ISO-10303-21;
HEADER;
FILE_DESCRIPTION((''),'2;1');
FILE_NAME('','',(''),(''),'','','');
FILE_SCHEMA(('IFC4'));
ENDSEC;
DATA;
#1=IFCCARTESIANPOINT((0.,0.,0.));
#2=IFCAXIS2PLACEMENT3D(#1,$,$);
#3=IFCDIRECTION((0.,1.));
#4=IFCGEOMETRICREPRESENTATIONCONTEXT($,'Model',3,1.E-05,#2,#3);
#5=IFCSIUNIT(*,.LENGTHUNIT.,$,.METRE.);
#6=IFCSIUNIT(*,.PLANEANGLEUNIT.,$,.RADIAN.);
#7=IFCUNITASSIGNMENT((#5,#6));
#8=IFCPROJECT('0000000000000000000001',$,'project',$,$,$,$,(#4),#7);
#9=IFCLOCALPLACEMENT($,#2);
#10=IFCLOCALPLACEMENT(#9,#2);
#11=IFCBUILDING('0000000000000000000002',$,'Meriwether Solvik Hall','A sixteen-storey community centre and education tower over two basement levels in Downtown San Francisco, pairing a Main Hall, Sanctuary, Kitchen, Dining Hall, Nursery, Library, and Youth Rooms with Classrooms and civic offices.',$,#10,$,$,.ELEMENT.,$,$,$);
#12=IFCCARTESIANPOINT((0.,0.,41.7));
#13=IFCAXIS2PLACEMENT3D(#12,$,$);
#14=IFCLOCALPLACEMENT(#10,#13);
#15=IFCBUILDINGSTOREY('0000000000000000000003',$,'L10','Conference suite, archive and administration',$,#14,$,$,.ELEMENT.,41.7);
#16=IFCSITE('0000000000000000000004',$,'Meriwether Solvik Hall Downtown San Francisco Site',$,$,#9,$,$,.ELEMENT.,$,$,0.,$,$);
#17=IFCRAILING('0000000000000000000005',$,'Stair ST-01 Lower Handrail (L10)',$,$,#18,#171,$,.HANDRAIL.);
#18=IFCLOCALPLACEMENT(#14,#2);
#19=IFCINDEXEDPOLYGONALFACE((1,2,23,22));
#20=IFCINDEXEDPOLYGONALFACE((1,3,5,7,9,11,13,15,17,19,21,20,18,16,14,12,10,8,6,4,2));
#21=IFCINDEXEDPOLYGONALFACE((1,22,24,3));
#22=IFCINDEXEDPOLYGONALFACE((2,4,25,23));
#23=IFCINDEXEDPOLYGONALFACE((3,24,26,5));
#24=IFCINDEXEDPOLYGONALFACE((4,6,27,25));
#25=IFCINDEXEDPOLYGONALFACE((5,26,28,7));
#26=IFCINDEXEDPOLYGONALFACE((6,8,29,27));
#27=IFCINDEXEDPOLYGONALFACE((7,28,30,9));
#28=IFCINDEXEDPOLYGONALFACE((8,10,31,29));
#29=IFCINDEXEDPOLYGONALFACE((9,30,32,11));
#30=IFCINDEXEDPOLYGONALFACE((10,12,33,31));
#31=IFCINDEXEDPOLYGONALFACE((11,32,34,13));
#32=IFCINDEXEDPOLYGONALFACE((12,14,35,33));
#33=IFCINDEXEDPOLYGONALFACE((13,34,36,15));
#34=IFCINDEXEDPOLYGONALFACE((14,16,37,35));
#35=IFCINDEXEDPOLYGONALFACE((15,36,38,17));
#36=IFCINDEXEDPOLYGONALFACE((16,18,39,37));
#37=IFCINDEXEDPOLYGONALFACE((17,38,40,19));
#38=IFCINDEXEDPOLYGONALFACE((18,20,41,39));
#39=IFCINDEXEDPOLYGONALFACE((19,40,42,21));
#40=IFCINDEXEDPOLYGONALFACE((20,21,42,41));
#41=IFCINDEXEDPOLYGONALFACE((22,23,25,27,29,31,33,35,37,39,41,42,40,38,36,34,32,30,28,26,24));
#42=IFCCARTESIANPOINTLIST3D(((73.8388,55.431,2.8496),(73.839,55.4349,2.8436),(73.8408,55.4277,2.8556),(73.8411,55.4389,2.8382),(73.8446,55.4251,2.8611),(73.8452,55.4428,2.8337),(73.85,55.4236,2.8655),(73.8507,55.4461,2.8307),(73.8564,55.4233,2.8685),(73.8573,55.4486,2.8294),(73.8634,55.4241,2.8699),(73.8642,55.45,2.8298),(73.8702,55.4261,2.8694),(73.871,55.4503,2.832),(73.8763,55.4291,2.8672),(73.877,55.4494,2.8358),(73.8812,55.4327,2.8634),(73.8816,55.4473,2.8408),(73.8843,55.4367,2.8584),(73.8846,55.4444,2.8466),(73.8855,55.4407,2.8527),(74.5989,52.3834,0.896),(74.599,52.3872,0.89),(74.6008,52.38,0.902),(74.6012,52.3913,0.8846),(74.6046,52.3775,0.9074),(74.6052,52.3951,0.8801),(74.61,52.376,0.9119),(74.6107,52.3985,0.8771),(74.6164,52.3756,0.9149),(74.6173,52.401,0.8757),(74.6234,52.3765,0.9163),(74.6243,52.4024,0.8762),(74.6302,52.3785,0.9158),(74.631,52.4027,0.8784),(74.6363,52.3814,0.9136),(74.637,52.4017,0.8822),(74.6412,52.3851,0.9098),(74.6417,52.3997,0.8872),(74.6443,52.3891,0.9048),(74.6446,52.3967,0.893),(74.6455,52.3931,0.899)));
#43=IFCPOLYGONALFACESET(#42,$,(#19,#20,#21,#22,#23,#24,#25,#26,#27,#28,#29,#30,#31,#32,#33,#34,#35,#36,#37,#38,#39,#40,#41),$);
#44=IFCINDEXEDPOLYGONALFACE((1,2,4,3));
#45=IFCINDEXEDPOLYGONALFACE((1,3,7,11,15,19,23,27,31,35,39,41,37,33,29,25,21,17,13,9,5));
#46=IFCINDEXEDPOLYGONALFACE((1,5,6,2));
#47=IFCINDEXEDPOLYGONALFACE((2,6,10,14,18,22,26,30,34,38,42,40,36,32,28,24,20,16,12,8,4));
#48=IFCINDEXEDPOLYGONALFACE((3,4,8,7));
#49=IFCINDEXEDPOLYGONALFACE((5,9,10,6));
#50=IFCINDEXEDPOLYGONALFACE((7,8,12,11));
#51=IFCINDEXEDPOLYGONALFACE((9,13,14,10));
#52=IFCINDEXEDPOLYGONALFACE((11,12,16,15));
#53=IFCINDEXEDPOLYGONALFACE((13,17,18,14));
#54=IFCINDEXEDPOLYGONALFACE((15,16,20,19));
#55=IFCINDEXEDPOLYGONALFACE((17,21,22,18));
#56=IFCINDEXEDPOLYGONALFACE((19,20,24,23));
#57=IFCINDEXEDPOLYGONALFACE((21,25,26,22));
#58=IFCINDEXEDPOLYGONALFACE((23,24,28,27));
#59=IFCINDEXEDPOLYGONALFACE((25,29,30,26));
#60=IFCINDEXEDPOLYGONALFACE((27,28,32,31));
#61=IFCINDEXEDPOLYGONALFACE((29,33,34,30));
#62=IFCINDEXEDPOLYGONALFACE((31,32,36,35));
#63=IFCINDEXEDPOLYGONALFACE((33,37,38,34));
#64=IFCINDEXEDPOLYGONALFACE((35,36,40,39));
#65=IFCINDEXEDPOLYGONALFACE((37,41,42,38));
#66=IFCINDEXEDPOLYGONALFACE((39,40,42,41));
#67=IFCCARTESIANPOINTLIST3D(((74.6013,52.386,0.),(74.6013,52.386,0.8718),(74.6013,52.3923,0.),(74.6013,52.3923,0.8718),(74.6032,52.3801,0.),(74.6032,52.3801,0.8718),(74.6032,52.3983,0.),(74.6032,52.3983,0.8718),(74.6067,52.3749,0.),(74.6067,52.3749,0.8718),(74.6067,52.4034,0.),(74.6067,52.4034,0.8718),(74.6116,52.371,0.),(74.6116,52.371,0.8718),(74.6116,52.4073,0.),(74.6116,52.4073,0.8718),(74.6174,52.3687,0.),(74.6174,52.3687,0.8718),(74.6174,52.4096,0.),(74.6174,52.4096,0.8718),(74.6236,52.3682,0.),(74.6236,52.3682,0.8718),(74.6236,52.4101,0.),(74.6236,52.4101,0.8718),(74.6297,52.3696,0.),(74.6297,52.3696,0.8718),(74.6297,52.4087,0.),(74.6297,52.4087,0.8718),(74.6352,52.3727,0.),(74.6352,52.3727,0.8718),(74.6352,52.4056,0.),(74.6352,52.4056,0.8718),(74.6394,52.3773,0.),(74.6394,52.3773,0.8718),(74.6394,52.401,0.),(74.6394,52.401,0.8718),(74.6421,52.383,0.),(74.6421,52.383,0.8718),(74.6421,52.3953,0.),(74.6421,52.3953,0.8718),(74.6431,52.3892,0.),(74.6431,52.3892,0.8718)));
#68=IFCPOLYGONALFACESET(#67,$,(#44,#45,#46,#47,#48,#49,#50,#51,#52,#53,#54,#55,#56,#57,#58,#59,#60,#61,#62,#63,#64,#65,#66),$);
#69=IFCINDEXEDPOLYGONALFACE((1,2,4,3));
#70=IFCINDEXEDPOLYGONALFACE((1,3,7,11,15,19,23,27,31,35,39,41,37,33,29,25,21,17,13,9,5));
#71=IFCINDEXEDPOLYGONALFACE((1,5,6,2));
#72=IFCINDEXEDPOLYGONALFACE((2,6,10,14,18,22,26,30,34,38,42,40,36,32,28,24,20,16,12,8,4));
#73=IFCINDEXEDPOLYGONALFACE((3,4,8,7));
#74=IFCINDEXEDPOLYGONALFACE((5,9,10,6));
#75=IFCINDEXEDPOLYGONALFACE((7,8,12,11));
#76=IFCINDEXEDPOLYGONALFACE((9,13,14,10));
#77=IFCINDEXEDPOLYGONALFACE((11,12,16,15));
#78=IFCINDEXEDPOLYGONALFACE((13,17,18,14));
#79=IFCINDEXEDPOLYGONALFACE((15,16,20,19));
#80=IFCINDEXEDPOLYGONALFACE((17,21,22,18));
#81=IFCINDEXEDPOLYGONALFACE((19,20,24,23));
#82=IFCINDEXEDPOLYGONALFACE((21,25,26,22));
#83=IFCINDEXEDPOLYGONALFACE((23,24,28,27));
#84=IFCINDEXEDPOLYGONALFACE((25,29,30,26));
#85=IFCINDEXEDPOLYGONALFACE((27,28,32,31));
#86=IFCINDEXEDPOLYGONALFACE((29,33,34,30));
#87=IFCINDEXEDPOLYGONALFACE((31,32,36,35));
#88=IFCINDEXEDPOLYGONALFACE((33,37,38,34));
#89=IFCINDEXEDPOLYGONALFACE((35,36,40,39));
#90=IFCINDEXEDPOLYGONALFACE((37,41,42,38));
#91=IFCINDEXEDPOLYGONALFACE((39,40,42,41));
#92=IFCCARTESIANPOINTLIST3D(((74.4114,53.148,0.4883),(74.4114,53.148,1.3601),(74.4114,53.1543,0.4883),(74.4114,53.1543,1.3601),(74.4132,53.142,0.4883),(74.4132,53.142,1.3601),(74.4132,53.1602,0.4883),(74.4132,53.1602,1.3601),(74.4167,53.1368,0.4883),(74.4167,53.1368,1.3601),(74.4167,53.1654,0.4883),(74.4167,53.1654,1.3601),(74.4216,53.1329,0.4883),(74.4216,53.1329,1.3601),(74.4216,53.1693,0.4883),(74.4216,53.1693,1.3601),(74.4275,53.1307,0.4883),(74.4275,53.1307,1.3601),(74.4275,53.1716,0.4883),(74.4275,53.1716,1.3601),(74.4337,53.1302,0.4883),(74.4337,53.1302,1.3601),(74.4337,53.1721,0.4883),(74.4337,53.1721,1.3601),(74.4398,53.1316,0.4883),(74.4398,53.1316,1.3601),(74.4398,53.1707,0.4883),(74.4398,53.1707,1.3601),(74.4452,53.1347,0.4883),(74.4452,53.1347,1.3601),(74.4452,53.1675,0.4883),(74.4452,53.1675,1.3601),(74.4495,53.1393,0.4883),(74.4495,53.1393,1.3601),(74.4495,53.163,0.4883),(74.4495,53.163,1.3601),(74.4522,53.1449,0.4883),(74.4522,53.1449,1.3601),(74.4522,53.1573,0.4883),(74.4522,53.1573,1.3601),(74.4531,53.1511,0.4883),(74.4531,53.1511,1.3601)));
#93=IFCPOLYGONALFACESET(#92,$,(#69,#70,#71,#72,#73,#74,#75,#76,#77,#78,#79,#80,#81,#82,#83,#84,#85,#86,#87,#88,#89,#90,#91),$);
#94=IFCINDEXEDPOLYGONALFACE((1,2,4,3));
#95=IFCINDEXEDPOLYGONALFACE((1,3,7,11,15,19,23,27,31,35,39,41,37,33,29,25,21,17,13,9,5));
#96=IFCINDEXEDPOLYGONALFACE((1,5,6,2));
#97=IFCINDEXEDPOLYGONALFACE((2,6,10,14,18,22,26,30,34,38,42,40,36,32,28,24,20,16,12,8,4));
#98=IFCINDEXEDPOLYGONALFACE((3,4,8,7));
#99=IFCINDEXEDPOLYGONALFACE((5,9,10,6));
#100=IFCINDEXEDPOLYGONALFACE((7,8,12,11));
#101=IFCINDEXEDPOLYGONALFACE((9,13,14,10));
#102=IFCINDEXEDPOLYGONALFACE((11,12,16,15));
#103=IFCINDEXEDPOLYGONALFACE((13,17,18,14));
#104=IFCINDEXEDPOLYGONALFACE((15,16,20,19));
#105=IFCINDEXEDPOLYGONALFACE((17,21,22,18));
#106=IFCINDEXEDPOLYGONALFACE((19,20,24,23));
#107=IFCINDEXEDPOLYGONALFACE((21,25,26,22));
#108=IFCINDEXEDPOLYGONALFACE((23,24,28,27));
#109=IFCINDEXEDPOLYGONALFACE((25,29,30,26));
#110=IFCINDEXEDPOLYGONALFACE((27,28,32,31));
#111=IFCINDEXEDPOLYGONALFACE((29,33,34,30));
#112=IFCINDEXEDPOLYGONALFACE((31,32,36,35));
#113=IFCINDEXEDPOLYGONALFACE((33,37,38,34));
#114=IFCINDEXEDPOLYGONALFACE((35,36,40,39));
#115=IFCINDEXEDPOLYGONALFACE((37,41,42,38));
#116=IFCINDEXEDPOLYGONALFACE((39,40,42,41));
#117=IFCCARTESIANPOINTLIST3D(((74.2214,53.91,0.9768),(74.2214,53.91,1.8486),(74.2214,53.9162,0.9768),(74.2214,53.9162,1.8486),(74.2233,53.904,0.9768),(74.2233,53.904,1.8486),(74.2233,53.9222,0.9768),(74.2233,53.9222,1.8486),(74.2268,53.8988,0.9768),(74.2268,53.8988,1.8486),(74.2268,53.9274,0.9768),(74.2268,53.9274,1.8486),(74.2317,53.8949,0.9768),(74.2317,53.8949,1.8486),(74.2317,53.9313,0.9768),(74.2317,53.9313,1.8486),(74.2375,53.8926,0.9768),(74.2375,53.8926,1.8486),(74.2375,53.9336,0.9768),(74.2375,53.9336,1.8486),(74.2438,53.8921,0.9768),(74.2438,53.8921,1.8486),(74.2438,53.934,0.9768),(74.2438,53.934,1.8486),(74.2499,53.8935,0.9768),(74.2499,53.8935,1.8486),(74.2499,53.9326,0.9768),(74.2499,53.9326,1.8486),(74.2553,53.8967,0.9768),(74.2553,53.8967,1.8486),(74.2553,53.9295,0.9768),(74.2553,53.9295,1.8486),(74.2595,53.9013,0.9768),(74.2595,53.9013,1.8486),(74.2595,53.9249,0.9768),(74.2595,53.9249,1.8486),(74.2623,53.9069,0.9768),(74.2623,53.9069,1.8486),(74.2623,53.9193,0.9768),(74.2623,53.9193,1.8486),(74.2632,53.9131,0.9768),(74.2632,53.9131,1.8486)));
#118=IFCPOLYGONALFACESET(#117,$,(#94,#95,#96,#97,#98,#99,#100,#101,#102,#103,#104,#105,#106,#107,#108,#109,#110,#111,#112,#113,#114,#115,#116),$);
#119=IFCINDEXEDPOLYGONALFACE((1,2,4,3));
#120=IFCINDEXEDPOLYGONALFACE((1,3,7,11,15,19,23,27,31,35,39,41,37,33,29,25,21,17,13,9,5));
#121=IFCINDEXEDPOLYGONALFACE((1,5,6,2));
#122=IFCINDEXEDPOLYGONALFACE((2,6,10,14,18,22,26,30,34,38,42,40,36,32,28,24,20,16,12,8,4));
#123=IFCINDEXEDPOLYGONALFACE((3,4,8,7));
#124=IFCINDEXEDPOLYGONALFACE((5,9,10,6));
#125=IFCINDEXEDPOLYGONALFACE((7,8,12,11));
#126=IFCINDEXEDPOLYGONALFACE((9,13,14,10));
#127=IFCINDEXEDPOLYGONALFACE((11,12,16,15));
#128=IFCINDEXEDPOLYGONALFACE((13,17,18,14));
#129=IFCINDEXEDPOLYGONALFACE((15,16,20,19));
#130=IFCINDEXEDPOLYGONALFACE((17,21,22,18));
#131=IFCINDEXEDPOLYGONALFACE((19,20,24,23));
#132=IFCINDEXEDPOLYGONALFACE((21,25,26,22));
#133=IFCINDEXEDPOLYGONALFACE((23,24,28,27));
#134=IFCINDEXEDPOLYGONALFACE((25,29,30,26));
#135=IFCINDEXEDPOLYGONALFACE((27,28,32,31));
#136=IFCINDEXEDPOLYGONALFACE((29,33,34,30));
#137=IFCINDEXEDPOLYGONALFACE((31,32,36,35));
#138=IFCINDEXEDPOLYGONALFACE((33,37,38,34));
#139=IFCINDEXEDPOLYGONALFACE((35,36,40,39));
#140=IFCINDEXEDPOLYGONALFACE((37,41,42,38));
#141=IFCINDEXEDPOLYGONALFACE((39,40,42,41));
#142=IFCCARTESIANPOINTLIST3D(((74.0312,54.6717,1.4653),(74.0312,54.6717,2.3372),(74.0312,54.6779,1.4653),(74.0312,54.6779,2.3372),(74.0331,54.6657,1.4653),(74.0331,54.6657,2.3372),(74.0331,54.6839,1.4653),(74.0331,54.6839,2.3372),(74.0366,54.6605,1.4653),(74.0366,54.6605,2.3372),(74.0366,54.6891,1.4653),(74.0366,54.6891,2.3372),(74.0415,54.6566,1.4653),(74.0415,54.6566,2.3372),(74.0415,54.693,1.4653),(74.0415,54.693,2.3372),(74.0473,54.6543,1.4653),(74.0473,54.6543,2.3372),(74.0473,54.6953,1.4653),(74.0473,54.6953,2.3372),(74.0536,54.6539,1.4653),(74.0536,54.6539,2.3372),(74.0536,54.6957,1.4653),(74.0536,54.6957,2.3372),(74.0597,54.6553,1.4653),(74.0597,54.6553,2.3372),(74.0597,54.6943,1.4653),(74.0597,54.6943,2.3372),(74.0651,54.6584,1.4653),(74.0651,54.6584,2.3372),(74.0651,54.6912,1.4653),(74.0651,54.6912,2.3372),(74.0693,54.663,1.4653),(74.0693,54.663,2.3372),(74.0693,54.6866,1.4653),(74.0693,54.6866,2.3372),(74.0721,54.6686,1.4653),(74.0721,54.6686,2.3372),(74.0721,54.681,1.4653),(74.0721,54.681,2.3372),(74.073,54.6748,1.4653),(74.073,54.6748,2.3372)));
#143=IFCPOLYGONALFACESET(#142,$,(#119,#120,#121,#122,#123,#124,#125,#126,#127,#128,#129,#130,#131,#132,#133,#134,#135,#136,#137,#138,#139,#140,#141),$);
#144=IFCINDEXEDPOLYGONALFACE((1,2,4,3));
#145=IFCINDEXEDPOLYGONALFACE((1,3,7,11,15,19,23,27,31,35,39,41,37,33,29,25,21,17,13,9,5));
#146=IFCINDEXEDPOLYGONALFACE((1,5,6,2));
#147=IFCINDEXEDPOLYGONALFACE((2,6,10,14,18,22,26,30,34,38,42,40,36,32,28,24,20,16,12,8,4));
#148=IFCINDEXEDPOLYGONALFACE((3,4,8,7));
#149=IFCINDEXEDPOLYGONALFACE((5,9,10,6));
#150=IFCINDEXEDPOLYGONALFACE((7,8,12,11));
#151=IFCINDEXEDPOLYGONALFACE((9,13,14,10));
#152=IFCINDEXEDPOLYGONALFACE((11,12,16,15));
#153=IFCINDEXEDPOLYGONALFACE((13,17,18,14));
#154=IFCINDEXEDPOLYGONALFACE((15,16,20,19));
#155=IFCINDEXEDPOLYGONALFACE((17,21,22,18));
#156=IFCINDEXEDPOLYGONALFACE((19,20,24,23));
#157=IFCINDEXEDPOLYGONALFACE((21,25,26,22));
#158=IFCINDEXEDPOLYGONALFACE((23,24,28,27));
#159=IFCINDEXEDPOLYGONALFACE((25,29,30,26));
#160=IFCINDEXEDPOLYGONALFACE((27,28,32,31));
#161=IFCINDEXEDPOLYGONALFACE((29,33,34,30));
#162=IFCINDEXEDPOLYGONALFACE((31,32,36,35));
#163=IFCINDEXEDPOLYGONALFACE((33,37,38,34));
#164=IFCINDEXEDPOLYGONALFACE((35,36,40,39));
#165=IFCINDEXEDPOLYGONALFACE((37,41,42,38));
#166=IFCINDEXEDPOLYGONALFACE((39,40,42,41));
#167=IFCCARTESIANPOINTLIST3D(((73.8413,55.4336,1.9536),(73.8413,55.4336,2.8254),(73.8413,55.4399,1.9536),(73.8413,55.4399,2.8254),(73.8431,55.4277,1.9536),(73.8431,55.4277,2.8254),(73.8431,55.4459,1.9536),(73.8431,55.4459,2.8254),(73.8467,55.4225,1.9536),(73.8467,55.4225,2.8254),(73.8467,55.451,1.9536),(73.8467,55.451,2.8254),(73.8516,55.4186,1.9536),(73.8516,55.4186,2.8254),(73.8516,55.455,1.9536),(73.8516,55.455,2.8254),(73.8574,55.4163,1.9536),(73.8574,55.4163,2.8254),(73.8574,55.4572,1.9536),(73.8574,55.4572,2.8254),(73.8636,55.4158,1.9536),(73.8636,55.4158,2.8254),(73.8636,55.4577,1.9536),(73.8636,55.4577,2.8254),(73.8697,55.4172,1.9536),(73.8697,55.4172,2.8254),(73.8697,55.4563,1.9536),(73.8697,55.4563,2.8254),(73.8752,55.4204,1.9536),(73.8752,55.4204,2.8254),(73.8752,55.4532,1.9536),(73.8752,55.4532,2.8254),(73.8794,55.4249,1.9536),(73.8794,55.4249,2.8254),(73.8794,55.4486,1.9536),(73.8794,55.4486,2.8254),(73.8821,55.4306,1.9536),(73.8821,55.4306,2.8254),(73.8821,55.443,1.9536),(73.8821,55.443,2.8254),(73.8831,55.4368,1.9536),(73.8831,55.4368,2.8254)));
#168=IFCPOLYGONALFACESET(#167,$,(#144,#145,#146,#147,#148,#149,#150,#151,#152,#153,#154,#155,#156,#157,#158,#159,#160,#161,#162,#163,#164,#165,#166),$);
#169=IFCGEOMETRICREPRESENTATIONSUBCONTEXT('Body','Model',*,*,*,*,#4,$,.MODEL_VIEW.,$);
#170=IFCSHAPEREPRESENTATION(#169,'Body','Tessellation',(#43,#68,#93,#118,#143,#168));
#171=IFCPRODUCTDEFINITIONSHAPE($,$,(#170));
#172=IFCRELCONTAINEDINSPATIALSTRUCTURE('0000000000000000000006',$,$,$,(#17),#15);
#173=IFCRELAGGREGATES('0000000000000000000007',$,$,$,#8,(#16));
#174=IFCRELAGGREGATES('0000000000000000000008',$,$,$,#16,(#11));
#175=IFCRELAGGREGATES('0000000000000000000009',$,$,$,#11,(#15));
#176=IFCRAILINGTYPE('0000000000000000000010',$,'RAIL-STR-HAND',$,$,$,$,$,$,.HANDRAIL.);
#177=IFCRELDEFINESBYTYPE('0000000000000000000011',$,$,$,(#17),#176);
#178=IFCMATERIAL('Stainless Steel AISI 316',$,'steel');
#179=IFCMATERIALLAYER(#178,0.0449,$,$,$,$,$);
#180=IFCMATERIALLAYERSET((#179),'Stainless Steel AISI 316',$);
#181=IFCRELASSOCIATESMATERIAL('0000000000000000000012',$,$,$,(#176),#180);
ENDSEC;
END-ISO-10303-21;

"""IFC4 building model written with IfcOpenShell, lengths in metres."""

from ifc_helpers import new_model, si_unit, direction, frame, origin, origin_2d, place, context, subcontext, project, spatial, circle, extrude, material, layer, layer_set, type_object, element, save


model = new_model("IFC4")

# Units and contexts
model_context = context("Model", 3, precision=1e-05, world=origin(), true_north=direction((0.0, 1.0)))
body_context = subcontext(model_context, "Body", "Model", "MODEL_VIEW")
ifc_project = project(units=[si_unit("LENGTHUNIT", "METRE"), si_unit("PLANEANGLEUNIT", "RADIAN")], contexts=[model_context])

# Site, building, storey
site_placement = place(None, origin())
site = spatial("IfcSite", under=ifc_project, at=site_placement, Name="Meriwether Solvik Hall Downtown San Francisco Site", CompositionType="ELEMENT", RefElevation=0.0)
building_placement = place(site_placement, origin())
building = spatial("IfcBuilding", under=site, at=building_placement, Name="Meriwether Solvik Hall", Description="A sixteen-storey community centre and education tower over two basement levels in Downtown San Francisco, pairing a Main Hall, Sanctuary, Kitchen, Dining Hall, Nursery, Library, and Youth Rooms with Classrooms and civic offices.", CompositionType="ELEMENT")
storey_placement = place(building_placement, frame((0.0, 0.0, 41.7)))
storey = spatial("IfcBuildingStorey", under=building, at=storey_placement, Name="L10", Description="Conference suite, archive and administration", CompositionType="ELEMENT", Elevation=41.7)

# Railing
ifc_material_1 = material(Name="Stainless Steel AISI 316", Category="steel")
ifc_layer_1 = layer(ifc_material_1, 0.0449)
ifc_layer_set_1 = layer_set([ifc_layer_1], Name="Stainless Steel AISI 316")
railing_type_1 = type_object("IfcRailingType", Name="RAIL-STR-HAND", PredefinedType="HANDRAIL", material=ifc_layer_set_1)
railing_1_placement = place(storey_placement, frame((74.6221, 52.3892, 0.0)))
element("IfcRailing", 1, at=railing_1_placement, inside=storey, type_object=railing_type_1, Name="Stair ST-01 Lower Handrail (L10)", PredefinedType="HANDRAIL", context=body_context, shape_type="SweptSolid", body=[
    extrude(circle(Radius=0.0239, at=origin_2d()), frame((0.0, 0.0, 0.896), z_axis=(-0.205467, 0.823915, 0.528155), x_axis=(-0.970284, -0.241969, 0.0)), (0.0, 0.0, 1.0), 3.699),
    extrude(circle(Radius=0.021, at=origin_2d()), origin(), (0.0, 0.0, 1.0), 0.8718),
    extrude(circle(Radius=0.021, at=origin_2d()), frame((-0.1899, 0.762, 0.4883)), (0.0, 0.0, 1.0), 0.8718),
    extrude(circle(Radius=0.021, at=origin_2d()), frame((-0.3799, 1.5239, 0.9768)), (0.0, 0.0, 1.0), 0.8718),
    extrude(circle(Radius=0.021, at=origin_2d()), frame((-0.5701, 2.2856, 1.4653)), (0.0, 0.0, 1.0), 0.8718),
    extrude(circle(Radius=0.021, at=origin_2d()), frame((-0.76, 3.0476, 1.9536)), (0.0, 0.0, 1.0), 0.8718),
])

save(model, "model.ifc")
